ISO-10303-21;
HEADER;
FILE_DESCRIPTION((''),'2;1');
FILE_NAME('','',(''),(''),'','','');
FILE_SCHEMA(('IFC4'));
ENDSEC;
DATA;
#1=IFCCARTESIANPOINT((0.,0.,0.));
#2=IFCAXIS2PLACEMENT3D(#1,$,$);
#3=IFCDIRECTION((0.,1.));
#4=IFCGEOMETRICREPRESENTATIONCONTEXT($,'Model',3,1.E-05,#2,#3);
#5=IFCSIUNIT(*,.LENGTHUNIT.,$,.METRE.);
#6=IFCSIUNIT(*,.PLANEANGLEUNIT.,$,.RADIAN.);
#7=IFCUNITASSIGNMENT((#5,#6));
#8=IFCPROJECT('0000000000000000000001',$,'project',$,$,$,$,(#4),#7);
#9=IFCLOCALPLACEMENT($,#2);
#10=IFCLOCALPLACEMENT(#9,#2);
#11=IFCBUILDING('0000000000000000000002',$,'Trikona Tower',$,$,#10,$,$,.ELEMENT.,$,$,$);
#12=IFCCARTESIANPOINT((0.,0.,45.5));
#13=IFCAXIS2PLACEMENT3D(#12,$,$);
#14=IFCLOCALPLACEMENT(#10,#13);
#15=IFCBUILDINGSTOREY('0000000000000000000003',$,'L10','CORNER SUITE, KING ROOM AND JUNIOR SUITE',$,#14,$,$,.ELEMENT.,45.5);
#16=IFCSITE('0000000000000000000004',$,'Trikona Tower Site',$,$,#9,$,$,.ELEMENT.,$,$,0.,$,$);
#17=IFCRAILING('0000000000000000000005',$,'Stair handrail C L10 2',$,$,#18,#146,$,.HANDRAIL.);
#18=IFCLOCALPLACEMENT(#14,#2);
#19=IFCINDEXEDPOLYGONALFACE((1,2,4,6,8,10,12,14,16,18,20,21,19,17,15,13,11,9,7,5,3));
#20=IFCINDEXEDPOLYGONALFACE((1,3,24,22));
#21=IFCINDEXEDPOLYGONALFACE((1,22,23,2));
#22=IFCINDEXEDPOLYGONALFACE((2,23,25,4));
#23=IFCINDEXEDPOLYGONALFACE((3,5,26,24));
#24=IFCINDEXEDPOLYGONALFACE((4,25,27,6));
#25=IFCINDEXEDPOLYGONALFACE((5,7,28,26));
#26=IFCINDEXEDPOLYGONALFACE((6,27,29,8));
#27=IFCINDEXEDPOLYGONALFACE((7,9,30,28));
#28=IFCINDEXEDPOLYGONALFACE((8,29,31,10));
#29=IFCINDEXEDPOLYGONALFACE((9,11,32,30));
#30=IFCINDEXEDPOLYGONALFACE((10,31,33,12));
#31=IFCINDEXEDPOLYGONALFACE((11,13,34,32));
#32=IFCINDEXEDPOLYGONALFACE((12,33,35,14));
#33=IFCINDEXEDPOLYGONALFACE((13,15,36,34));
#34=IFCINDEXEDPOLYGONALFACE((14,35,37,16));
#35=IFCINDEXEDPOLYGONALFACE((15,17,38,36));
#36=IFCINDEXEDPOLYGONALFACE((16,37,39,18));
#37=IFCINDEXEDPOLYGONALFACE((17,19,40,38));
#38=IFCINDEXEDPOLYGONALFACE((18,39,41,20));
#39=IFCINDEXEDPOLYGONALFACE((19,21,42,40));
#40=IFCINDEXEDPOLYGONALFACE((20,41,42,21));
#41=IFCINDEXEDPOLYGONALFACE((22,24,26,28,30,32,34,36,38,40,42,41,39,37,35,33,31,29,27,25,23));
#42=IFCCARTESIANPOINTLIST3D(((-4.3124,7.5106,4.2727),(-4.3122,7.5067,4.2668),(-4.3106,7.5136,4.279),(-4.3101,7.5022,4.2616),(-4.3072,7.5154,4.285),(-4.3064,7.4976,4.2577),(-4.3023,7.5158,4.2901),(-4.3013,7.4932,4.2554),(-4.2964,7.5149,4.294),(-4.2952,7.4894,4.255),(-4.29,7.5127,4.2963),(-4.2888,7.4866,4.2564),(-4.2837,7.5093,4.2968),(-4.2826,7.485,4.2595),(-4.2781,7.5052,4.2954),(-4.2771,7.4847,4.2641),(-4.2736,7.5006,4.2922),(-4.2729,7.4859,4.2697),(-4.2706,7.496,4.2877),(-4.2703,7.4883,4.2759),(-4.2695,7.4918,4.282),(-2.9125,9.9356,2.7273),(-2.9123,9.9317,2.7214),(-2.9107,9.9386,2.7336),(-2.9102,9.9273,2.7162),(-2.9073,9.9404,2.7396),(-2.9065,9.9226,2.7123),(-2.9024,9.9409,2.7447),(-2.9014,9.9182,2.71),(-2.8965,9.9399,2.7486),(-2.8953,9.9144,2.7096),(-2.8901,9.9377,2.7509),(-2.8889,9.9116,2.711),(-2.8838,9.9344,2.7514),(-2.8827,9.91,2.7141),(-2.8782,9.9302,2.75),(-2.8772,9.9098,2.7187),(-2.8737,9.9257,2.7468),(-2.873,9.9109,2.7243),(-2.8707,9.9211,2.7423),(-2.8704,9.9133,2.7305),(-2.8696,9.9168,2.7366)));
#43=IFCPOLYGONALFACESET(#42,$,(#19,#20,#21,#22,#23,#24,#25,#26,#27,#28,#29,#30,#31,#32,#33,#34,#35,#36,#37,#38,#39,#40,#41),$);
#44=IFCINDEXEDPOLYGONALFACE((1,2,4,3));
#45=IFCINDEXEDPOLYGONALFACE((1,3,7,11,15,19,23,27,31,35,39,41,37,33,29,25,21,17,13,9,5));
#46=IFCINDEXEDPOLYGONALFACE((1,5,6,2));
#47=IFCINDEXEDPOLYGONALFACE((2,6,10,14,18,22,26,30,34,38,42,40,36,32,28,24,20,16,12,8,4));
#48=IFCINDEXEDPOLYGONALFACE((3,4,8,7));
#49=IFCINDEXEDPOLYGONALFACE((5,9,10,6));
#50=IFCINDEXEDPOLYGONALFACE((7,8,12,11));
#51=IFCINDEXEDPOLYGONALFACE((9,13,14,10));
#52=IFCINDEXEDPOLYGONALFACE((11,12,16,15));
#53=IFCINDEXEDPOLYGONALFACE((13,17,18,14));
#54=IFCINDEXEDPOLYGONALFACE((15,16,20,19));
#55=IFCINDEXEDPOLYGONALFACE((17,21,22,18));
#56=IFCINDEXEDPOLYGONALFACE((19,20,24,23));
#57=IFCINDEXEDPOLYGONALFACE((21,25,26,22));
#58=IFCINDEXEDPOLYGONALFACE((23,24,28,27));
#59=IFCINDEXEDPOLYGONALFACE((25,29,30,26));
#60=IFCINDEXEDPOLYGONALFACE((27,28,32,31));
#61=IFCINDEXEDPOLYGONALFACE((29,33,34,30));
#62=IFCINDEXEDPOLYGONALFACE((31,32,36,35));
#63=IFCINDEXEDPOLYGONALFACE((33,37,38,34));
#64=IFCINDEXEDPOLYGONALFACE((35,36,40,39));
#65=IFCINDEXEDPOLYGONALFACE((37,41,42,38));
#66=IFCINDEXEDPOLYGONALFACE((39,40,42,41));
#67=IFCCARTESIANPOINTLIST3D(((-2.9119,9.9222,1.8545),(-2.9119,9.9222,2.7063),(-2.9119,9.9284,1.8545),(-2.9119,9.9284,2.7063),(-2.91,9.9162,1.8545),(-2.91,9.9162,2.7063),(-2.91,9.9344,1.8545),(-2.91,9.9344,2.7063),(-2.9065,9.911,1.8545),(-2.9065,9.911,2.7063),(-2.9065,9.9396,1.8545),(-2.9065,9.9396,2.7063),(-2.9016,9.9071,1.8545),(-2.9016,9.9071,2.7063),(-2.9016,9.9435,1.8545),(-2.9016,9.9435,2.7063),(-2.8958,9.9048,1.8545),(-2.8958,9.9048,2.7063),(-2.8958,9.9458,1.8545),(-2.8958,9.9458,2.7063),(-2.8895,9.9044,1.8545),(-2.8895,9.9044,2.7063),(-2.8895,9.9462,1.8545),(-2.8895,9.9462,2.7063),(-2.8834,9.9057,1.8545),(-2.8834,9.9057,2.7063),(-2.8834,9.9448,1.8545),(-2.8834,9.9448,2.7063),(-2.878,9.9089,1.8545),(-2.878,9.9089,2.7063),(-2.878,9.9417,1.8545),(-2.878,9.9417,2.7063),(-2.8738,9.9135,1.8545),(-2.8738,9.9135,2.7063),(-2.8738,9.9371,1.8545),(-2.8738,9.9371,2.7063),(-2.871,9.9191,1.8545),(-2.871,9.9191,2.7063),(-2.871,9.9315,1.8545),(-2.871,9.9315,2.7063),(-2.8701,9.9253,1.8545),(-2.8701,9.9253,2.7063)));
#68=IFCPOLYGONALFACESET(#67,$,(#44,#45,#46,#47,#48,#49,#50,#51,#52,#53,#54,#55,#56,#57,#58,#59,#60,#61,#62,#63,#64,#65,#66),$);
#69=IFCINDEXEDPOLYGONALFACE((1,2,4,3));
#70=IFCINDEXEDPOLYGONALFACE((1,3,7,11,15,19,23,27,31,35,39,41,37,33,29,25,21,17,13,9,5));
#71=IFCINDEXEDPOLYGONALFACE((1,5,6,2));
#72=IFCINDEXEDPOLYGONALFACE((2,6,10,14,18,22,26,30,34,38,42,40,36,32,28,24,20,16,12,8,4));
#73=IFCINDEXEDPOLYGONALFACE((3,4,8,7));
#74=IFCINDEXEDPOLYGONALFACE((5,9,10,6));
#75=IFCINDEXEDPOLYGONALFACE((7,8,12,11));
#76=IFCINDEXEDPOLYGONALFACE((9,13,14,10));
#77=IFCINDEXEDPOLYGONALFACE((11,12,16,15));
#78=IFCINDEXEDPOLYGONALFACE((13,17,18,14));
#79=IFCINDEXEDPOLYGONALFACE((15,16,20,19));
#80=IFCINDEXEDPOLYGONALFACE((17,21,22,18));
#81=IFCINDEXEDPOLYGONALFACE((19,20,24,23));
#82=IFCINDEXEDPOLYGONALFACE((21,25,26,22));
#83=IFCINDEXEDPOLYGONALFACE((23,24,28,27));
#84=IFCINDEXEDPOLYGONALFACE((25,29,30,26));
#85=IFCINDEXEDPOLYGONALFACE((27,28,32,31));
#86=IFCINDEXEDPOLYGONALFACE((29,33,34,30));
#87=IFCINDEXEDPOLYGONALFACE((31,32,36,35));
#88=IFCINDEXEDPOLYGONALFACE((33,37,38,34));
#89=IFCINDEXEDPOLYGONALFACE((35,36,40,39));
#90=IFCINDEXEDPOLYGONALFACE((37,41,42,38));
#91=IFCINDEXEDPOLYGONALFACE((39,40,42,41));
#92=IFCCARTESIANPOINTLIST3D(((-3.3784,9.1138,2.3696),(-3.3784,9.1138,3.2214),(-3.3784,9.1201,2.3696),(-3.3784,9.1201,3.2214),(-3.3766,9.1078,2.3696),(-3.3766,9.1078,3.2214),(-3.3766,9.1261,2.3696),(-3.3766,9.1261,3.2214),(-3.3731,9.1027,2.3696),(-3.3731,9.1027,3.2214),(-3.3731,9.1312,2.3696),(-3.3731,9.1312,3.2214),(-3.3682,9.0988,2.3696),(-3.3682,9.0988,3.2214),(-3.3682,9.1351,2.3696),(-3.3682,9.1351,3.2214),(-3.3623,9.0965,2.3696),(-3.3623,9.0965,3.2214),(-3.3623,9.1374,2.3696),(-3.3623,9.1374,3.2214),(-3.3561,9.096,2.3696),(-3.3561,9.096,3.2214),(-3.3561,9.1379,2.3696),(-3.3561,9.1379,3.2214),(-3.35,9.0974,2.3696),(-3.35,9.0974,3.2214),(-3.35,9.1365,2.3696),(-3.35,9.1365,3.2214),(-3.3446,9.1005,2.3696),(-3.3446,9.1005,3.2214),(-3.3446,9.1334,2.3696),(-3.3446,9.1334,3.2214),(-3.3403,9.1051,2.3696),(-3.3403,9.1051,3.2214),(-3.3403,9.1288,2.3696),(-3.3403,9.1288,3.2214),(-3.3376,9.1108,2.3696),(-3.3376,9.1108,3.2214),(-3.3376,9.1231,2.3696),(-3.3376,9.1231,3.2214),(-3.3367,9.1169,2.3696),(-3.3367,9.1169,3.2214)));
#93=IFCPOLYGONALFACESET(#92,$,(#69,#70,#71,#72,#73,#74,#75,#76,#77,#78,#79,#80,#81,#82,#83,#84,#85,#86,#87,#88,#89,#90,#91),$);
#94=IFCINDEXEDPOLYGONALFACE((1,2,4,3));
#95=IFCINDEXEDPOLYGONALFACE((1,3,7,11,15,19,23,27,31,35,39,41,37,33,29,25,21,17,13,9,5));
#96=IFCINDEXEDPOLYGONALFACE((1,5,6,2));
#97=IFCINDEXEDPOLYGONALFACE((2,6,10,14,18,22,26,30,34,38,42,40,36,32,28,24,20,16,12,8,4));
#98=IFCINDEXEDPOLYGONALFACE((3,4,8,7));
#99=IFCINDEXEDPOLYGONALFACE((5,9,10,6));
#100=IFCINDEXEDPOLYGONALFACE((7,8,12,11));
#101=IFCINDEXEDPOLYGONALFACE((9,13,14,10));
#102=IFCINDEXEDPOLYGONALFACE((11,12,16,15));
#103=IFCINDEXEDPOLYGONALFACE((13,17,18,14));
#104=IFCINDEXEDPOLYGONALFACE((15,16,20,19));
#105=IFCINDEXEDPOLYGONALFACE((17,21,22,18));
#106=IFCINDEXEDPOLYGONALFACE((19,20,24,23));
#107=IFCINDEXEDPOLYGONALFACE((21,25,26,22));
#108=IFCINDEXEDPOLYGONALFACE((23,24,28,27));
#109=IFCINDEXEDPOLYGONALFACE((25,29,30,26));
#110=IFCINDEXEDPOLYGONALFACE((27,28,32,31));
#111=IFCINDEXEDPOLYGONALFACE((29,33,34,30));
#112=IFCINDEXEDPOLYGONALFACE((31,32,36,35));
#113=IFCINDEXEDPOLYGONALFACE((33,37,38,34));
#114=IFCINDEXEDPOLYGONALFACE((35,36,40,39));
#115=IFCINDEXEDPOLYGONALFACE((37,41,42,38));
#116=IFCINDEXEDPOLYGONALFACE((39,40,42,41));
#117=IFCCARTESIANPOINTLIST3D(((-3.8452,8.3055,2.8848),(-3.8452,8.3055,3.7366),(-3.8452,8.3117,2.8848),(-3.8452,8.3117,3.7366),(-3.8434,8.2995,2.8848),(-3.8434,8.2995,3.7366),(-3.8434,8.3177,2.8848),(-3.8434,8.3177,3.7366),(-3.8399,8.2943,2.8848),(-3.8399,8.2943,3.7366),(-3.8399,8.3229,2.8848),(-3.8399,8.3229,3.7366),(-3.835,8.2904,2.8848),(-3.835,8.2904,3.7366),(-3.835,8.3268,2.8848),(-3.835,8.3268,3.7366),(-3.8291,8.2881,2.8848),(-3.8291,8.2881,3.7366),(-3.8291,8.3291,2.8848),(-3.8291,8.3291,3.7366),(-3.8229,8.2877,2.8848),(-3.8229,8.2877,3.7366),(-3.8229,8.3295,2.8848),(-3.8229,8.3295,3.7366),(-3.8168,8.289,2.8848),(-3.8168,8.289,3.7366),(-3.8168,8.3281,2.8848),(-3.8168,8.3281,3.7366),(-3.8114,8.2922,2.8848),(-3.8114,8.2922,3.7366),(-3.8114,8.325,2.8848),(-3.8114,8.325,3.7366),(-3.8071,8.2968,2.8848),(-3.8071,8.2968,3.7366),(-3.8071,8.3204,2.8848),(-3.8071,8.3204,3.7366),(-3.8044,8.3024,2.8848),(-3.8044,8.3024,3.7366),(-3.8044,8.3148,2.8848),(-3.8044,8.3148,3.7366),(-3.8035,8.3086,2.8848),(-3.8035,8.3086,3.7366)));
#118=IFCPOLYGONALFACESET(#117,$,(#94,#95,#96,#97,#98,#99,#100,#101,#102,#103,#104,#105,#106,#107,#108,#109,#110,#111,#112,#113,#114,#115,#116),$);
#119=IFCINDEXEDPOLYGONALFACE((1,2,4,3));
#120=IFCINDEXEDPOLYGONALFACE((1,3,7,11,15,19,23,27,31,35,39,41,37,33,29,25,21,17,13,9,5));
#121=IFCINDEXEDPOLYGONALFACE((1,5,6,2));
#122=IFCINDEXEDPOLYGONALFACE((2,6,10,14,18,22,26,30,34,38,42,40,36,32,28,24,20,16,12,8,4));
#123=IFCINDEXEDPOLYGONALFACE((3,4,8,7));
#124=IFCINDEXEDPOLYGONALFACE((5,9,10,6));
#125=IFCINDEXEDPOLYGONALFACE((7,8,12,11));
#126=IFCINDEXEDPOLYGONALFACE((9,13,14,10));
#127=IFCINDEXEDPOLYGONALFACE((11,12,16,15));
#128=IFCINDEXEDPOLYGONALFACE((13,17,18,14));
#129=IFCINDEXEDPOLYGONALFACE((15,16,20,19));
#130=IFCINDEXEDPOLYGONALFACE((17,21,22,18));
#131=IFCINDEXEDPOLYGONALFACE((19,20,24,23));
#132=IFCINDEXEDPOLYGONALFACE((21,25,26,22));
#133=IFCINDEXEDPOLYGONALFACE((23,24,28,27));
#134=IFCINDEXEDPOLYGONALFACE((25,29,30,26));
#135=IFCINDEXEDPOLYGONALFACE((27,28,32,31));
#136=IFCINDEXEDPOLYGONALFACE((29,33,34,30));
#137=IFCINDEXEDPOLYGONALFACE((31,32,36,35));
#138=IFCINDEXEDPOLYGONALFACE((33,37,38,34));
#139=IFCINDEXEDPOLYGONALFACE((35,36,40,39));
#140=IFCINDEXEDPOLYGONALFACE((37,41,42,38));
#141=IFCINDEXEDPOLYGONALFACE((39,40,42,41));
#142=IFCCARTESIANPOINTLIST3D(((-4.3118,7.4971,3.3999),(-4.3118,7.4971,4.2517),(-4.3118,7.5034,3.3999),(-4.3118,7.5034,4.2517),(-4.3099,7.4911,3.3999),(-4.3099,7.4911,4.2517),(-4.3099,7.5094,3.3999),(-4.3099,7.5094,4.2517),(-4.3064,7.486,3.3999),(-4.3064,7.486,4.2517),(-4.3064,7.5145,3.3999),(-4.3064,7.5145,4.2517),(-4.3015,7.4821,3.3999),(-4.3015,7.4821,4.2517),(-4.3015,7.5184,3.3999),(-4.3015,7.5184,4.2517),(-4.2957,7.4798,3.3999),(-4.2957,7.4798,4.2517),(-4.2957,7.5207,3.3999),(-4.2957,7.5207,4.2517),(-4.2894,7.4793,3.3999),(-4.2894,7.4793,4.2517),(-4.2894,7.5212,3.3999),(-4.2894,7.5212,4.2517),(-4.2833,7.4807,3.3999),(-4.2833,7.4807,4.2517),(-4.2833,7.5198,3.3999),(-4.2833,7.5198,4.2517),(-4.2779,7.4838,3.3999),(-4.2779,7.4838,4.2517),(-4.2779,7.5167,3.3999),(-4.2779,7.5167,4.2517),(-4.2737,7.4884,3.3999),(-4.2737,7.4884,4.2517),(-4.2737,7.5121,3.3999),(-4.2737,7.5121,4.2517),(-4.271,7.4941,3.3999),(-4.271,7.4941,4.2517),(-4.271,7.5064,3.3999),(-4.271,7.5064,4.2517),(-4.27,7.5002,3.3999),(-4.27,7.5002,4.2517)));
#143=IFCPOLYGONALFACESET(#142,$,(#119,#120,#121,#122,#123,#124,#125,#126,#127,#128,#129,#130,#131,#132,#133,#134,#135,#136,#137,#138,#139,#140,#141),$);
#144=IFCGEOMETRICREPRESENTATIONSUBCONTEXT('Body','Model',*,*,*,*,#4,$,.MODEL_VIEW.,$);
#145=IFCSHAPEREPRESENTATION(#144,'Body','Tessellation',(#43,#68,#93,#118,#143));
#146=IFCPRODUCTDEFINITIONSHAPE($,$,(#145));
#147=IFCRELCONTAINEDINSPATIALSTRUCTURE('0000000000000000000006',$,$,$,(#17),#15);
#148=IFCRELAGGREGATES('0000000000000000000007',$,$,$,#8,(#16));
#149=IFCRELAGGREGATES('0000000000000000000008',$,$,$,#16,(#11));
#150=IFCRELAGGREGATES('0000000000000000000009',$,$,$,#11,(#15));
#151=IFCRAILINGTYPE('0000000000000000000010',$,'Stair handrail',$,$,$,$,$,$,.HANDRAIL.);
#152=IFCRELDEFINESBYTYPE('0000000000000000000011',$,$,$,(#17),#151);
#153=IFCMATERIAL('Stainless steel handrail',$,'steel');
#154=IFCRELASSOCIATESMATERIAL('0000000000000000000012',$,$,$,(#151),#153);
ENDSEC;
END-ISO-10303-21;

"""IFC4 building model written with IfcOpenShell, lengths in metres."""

from ifc_helpers import new_model, si_unit, direction, frame, origin, origin_2d, place, context, subcontext, project, spatial, circle, extrude, material, type_object, element, save


model = new_model("IFC4")

# Units and contexts
model_context = context("Model", 3, precision=1e-05, world=origin(), true_north=direction((0.0, 1.0)))
body_context = subcontext(model_context, "Body", "Model", "MODEL_VIEW")
ifc_project = project(units=[si_unit("LENGTHUNIT", "METRE"), si_unit("PLANEANGLEUNIT", "RADIAN")], contexts=[model_context])

# Site, building, storey
site_placement = place(None, origin())
site = spatial("IfcSite", under=ifc_project, at=site_placement, Name="Trikona Tower Site", CompositionType="ELEMENT", RefElevation=0.0)
building_placement = place(site_placement, origin())
building = spatial("IfcBuilding", under=site, at=building_placement, Name="Trikona Tower", CompositionType="ELEMENT")
storey_placement = place(building_placement, frame((0.0, 0.0, 45.5)))
storey = spatial("IfcBuildingStorey", under=building, at=storey_placement, Name="L10", Description="CORNER SUITE, KING ROOM AND JUNIOR SUITE", CompositionType="ELEMENT", Elevation=45.5)

# Railing
ifc_material_1 = material(Name="Stainless steel handrail", Category="steel")
railing_type = type_object("IfcRailingType", Name="Stair handrail", PredefinedType="HANDRAIL", material=ifc_material_1)
railing_1_placement = place(storey_placement, frame((-2.8911, 9.9253, 1.8545)))
element("IfcRailing", 1, at=railing_1_placement, inside=storey, type_object=railing_type, Name="Stair handrail C L10 2", PredefinedType="HANDRAIL", context=body_context, shape_type="SweptSolid", body=[
    extrude(circle(Radius=0.0239, at=origin_2d()), frame((0.0, 0.0, 0.876), z_axis=(-0.437707, -0.75824, 0.483203), x_axis=(0.866056, -0.499946, 0.0)), (0.0, 0.0, 1.0), 3.1982),
    extrude(circle(Radius=0.021, at=origin_2d()), origin(), (0.0, 0.0, 1.0), 0.8518),
    extrude(circle(Radius=0.021, at=origin_2d()), frame((-0.4666, -0.8083, 0.5151)), (0.0, 0.0, 1.0), 0.8518),
    extrude(circle(Radius=0.021, at=origin_2d()), frame((-0.9333, -1.6167, 1.0303)), (0.0, 0.0, 1.0), 0.8518),
    extrude(circle(Radius=0.021, at=origin_2d()), frame((-1.3999, -2.425, 1.5454)), (0.0, 0.0, 1.0), 0.8518),
])

save(model, "model.ifc")
